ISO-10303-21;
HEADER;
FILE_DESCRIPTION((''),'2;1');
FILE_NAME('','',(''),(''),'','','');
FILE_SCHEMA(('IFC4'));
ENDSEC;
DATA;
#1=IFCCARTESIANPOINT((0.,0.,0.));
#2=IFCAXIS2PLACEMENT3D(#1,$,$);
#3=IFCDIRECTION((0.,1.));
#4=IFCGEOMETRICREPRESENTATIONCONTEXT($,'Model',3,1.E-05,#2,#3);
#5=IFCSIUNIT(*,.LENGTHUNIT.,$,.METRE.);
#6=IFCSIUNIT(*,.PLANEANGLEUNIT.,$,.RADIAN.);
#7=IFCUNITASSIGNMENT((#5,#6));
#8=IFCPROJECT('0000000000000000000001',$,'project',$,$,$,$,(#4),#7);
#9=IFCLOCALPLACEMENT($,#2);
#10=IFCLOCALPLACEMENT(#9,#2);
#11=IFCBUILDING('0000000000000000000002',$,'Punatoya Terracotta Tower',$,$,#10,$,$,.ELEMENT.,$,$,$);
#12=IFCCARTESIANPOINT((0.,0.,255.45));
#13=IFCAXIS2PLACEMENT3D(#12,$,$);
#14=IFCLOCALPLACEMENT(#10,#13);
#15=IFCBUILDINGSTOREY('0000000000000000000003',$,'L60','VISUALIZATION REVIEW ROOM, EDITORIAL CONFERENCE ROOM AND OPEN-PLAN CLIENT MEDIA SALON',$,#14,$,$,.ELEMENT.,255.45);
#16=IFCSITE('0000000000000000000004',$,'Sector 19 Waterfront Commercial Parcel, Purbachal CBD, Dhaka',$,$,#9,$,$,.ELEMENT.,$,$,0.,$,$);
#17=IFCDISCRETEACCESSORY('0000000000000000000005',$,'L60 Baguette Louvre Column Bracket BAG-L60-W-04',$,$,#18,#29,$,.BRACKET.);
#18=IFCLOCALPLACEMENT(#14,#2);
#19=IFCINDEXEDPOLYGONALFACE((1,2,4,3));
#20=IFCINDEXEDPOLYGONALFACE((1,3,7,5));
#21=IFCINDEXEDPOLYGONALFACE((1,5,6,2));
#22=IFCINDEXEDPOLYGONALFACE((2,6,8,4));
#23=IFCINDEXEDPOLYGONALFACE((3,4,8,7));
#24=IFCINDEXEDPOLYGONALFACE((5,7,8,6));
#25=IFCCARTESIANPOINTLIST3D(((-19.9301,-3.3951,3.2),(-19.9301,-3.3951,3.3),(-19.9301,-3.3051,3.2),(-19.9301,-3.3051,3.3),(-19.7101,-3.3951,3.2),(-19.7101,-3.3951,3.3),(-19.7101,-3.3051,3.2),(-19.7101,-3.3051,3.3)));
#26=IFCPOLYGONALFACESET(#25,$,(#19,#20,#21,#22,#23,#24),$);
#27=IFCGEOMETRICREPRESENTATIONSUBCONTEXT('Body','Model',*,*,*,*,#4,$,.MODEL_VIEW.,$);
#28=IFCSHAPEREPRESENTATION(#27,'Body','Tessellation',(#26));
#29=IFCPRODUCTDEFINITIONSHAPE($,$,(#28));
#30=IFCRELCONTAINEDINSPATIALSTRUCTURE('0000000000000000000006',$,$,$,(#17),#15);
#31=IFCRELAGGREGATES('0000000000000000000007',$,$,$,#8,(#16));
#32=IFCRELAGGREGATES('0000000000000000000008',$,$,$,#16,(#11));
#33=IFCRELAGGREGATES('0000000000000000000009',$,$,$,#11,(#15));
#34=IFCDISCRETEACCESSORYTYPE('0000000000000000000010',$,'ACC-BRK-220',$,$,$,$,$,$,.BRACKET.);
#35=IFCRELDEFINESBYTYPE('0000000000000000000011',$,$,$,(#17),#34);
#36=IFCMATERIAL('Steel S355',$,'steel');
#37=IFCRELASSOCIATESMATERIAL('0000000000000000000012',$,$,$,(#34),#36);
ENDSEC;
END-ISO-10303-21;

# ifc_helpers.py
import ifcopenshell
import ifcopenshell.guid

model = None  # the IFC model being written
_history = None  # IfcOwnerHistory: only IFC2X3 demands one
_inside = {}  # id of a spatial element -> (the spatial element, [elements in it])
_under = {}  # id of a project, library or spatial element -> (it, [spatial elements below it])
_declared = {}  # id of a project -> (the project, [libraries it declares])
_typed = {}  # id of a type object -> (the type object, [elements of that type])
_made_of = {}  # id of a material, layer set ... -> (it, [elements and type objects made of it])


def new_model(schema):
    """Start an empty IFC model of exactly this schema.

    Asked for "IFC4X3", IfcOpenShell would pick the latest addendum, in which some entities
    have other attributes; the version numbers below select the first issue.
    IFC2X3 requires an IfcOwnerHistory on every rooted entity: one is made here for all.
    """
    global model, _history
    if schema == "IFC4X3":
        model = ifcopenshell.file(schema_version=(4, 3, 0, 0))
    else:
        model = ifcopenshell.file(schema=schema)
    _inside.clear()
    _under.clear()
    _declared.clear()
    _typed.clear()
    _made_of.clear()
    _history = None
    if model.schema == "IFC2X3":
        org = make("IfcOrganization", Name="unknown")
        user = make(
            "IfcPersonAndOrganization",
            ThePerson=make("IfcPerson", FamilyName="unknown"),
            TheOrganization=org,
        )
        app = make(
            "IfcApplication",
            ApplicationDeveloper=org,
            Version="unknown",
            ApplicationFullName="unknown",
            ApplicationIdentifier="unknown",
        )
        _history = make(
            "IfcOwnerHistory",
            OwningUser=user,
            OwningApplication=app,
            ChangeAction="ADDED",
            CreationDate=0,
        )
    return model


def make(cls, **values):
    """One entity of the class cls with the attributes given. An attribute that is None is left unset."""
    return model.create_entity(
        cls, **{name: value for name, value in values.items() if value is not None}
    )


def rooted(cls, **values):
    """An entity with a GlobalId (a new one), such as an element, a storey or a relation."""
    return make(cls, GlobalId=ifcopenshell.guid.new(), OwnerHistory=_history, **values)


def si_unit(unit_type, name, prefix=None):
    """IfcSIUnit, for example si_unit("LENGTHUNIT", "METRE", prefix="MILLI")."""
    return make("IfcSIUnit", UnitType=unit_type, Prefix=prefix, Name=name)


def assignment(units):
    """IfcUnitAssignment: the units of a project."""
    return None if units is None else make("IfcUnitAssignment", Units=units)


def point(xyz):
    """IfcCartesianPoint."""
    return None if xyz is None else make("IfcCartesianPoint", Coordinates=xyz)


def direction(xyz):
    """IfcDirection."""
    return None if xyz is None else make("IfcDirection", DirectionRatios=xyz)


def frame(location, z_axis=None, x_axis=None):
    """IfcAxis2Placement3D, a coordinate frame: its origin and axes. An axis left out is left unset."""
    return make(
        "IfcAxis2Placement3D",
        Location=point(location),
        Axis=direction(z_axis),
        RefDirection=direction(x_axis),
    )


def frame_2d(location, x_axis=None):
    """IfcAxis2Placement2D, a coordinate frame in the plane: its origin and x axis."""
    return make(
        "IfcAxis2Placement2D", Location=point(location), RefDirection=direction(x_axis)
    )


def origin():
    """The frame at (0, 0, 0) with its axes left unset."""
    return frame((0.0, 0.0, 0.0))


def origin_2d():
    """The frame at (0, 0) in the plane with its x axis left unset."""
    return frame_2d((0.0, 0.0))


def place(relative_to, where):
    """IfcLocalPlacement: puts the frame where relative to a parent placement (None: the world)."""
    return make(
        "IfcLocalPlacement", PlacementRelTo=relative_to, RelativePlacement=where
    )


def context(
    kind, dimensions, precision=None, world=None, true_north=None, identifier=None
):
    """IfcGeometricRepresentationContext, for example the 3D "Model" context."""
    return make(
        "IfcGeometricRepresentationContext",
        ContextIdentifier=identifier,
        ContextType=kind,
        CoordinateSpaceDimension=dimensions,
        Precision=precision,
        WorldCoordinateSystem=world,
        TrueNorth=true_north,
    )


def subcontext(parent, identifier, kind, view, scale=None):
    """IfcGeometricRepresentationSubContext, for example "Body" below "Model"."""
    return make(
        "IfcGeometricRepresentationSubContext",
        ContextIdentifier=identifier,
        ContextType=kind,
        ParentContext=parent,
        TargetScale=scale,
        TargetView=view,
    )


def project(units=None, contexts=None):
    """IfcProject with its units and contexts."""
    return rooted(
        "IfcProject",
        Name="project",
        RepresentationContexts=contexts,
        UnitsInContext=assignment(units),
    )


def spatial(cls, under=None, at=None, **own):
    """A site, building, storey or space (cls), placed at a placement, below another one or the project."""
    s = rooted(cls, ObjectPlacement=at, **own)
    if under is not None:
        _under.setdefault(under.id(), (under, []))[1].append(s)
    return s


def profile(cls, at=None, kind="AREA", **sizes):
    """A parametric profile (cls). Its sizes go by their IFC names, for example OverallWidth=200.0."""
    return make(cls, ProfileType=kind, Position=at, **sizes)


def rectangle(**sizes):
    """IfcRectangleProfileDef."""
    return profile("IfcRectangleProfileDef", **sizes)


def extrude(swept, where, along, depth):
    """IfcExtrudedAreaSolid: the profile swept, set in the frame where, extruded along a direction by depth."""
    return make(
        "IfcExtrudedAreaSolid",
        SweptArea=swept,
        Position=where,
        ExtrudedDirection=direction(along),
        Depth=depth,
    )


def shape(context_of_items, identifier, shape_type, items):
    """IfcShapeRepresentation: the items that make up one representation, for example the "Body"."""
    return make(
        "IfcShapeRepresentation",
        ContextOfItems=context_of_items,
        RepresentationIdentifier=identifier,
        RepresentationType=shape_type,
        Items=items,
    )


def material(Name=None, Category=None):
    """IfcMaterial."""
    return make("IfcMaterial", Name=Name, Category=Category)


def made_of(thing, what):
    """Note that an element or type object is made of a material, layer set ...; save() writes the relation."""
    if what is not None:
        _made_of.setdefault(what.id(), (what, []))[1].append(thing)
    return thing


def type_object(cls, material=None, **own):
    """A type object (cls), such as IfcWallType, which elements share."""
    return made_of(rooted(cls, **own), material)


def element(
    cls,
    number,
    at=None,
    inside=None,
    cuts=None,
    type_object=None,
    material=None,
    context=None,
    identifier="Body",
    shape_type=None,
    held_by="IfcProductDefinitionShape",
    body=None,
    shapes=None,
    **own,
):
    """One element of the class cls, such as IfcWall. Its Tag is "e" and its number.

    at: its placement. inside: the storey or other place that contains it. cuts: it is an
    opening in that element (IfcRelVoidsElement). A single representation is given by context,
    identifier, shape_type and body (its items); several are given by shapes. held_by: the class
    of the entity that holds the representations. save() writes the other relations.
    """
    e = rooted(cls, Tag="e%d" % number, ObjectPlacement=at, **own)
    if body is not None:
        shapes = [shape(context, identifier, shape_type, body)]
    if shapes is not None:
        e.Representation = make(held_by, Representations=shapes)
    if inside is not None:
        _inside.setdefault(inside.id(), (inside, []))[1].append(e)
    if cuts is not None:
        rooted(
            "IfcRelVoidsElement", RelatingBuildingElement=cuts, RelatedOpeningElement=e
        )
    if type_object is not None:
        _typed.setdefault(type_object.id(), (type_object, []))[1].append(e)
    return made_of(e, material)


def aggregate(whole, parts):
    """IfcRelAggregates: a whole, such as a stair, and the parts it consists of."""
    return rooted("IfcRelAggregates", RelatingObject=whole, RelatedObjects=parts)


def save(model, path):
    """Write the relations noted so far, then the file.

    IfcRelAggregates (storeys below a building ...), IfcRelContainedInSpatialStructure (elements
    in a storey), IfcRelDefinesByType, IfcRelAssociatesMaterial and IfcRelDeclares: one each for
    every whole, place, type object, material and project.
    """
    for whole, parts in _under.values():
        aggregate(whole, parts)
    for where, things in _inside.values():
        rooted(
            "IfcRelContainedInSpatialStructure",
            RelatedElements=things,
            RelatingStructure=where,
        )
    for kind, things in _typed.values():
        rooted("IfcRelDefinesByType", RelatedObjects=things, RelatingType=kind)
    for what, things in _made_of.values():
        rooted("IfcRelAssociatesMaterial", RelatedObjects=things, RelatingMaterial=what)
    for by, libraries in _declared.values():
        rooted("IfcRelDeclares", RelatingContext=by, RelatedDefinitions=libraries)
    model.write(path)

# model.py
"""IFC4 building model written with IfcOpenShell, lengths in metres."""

from ifc_helpers import new_model, si_unit, direction, frame, origin, origin_2d, place, context, subcontext, project, spatial, rectangle, extrude, material, type_object, element, save


model = new_model("IFC4")

# Units and contexts
model_context = context("Model", 3, precision=1e-05, world=origin(), true_north=direction((0.0, 1.0)))
body_context = subcontext(model_context, "Body", "Model", "MODEL_VIEW")
ifc_project = project(units=[si_unit("LENGTHUNIT", "METRE"), si_unit("PLANEANGLEUNIT", "RADIAN")], contexts=[model_context])

# Site, building, storey
site_placement = place(None, origin())
site = spatial("IfcSite", under=ifc_project, at=site_placement, Name="Sector 19 Waterfront Commercial Parcel, Purbachal CBD, Dhaka", CompositionType="ELEMENT", RefElevation=0.0)
building_placement = place(site_placement, origin())
building = spatial("IfcBuilding", under=site, at=building_placement, Name="Punatoya Terracotta Tower", CompositionType="ELEMENT")
storey_placement = place(building_placement, frame((0.0, 0.0, 255.45)))
storey = spatial("IfcBuildingStorey", under=building, at=storey_placement, Name="L60", Description="VISUALIZATION REVIEW ROOM, EDITORIAL CONFERENCE ROOM AND OPEN-PLAN CLIENT MEDIA SALON", CompositionType="ELEMENT", Elevation=255.45)

# Shared definitions
ifc_material_1 = material(Name="Steel S355", Category="steel")

# Discrete accessory
discrete_accessory_type = type_object("IfcDiscreteAccessoryType", Name="ACC-BRK-220", PredefinedType="BRACKET", material=ifc_material_1)
for number, where, z_axis, x_axis, name in (
    (1, (-19.8201, -3.3501, 3.2), (0.0, 0.0, 1.0), (0.0, 1.0, 0.0), "L60 Baguette Louvre Column Bracket BAG-L60-W-04"),
):
    element("IfcDiscreteAccessory", number, at=place(storey_placement, frame(where, z_axis=z_axis, x_axis=x_axis)), inside=storey, type_object=discrete_accessory_type, Name=name, PredefinedType="BRACKET", context=body_context, shape_type="SweptSolid", body=[
        extrude(rectangle(XDim=0.0901, YDim=0.22, at=origin_2d()), origin(), (0.0, 0.0, 1.0), 0.1001),
    ])

save(model, "model.ifc")
